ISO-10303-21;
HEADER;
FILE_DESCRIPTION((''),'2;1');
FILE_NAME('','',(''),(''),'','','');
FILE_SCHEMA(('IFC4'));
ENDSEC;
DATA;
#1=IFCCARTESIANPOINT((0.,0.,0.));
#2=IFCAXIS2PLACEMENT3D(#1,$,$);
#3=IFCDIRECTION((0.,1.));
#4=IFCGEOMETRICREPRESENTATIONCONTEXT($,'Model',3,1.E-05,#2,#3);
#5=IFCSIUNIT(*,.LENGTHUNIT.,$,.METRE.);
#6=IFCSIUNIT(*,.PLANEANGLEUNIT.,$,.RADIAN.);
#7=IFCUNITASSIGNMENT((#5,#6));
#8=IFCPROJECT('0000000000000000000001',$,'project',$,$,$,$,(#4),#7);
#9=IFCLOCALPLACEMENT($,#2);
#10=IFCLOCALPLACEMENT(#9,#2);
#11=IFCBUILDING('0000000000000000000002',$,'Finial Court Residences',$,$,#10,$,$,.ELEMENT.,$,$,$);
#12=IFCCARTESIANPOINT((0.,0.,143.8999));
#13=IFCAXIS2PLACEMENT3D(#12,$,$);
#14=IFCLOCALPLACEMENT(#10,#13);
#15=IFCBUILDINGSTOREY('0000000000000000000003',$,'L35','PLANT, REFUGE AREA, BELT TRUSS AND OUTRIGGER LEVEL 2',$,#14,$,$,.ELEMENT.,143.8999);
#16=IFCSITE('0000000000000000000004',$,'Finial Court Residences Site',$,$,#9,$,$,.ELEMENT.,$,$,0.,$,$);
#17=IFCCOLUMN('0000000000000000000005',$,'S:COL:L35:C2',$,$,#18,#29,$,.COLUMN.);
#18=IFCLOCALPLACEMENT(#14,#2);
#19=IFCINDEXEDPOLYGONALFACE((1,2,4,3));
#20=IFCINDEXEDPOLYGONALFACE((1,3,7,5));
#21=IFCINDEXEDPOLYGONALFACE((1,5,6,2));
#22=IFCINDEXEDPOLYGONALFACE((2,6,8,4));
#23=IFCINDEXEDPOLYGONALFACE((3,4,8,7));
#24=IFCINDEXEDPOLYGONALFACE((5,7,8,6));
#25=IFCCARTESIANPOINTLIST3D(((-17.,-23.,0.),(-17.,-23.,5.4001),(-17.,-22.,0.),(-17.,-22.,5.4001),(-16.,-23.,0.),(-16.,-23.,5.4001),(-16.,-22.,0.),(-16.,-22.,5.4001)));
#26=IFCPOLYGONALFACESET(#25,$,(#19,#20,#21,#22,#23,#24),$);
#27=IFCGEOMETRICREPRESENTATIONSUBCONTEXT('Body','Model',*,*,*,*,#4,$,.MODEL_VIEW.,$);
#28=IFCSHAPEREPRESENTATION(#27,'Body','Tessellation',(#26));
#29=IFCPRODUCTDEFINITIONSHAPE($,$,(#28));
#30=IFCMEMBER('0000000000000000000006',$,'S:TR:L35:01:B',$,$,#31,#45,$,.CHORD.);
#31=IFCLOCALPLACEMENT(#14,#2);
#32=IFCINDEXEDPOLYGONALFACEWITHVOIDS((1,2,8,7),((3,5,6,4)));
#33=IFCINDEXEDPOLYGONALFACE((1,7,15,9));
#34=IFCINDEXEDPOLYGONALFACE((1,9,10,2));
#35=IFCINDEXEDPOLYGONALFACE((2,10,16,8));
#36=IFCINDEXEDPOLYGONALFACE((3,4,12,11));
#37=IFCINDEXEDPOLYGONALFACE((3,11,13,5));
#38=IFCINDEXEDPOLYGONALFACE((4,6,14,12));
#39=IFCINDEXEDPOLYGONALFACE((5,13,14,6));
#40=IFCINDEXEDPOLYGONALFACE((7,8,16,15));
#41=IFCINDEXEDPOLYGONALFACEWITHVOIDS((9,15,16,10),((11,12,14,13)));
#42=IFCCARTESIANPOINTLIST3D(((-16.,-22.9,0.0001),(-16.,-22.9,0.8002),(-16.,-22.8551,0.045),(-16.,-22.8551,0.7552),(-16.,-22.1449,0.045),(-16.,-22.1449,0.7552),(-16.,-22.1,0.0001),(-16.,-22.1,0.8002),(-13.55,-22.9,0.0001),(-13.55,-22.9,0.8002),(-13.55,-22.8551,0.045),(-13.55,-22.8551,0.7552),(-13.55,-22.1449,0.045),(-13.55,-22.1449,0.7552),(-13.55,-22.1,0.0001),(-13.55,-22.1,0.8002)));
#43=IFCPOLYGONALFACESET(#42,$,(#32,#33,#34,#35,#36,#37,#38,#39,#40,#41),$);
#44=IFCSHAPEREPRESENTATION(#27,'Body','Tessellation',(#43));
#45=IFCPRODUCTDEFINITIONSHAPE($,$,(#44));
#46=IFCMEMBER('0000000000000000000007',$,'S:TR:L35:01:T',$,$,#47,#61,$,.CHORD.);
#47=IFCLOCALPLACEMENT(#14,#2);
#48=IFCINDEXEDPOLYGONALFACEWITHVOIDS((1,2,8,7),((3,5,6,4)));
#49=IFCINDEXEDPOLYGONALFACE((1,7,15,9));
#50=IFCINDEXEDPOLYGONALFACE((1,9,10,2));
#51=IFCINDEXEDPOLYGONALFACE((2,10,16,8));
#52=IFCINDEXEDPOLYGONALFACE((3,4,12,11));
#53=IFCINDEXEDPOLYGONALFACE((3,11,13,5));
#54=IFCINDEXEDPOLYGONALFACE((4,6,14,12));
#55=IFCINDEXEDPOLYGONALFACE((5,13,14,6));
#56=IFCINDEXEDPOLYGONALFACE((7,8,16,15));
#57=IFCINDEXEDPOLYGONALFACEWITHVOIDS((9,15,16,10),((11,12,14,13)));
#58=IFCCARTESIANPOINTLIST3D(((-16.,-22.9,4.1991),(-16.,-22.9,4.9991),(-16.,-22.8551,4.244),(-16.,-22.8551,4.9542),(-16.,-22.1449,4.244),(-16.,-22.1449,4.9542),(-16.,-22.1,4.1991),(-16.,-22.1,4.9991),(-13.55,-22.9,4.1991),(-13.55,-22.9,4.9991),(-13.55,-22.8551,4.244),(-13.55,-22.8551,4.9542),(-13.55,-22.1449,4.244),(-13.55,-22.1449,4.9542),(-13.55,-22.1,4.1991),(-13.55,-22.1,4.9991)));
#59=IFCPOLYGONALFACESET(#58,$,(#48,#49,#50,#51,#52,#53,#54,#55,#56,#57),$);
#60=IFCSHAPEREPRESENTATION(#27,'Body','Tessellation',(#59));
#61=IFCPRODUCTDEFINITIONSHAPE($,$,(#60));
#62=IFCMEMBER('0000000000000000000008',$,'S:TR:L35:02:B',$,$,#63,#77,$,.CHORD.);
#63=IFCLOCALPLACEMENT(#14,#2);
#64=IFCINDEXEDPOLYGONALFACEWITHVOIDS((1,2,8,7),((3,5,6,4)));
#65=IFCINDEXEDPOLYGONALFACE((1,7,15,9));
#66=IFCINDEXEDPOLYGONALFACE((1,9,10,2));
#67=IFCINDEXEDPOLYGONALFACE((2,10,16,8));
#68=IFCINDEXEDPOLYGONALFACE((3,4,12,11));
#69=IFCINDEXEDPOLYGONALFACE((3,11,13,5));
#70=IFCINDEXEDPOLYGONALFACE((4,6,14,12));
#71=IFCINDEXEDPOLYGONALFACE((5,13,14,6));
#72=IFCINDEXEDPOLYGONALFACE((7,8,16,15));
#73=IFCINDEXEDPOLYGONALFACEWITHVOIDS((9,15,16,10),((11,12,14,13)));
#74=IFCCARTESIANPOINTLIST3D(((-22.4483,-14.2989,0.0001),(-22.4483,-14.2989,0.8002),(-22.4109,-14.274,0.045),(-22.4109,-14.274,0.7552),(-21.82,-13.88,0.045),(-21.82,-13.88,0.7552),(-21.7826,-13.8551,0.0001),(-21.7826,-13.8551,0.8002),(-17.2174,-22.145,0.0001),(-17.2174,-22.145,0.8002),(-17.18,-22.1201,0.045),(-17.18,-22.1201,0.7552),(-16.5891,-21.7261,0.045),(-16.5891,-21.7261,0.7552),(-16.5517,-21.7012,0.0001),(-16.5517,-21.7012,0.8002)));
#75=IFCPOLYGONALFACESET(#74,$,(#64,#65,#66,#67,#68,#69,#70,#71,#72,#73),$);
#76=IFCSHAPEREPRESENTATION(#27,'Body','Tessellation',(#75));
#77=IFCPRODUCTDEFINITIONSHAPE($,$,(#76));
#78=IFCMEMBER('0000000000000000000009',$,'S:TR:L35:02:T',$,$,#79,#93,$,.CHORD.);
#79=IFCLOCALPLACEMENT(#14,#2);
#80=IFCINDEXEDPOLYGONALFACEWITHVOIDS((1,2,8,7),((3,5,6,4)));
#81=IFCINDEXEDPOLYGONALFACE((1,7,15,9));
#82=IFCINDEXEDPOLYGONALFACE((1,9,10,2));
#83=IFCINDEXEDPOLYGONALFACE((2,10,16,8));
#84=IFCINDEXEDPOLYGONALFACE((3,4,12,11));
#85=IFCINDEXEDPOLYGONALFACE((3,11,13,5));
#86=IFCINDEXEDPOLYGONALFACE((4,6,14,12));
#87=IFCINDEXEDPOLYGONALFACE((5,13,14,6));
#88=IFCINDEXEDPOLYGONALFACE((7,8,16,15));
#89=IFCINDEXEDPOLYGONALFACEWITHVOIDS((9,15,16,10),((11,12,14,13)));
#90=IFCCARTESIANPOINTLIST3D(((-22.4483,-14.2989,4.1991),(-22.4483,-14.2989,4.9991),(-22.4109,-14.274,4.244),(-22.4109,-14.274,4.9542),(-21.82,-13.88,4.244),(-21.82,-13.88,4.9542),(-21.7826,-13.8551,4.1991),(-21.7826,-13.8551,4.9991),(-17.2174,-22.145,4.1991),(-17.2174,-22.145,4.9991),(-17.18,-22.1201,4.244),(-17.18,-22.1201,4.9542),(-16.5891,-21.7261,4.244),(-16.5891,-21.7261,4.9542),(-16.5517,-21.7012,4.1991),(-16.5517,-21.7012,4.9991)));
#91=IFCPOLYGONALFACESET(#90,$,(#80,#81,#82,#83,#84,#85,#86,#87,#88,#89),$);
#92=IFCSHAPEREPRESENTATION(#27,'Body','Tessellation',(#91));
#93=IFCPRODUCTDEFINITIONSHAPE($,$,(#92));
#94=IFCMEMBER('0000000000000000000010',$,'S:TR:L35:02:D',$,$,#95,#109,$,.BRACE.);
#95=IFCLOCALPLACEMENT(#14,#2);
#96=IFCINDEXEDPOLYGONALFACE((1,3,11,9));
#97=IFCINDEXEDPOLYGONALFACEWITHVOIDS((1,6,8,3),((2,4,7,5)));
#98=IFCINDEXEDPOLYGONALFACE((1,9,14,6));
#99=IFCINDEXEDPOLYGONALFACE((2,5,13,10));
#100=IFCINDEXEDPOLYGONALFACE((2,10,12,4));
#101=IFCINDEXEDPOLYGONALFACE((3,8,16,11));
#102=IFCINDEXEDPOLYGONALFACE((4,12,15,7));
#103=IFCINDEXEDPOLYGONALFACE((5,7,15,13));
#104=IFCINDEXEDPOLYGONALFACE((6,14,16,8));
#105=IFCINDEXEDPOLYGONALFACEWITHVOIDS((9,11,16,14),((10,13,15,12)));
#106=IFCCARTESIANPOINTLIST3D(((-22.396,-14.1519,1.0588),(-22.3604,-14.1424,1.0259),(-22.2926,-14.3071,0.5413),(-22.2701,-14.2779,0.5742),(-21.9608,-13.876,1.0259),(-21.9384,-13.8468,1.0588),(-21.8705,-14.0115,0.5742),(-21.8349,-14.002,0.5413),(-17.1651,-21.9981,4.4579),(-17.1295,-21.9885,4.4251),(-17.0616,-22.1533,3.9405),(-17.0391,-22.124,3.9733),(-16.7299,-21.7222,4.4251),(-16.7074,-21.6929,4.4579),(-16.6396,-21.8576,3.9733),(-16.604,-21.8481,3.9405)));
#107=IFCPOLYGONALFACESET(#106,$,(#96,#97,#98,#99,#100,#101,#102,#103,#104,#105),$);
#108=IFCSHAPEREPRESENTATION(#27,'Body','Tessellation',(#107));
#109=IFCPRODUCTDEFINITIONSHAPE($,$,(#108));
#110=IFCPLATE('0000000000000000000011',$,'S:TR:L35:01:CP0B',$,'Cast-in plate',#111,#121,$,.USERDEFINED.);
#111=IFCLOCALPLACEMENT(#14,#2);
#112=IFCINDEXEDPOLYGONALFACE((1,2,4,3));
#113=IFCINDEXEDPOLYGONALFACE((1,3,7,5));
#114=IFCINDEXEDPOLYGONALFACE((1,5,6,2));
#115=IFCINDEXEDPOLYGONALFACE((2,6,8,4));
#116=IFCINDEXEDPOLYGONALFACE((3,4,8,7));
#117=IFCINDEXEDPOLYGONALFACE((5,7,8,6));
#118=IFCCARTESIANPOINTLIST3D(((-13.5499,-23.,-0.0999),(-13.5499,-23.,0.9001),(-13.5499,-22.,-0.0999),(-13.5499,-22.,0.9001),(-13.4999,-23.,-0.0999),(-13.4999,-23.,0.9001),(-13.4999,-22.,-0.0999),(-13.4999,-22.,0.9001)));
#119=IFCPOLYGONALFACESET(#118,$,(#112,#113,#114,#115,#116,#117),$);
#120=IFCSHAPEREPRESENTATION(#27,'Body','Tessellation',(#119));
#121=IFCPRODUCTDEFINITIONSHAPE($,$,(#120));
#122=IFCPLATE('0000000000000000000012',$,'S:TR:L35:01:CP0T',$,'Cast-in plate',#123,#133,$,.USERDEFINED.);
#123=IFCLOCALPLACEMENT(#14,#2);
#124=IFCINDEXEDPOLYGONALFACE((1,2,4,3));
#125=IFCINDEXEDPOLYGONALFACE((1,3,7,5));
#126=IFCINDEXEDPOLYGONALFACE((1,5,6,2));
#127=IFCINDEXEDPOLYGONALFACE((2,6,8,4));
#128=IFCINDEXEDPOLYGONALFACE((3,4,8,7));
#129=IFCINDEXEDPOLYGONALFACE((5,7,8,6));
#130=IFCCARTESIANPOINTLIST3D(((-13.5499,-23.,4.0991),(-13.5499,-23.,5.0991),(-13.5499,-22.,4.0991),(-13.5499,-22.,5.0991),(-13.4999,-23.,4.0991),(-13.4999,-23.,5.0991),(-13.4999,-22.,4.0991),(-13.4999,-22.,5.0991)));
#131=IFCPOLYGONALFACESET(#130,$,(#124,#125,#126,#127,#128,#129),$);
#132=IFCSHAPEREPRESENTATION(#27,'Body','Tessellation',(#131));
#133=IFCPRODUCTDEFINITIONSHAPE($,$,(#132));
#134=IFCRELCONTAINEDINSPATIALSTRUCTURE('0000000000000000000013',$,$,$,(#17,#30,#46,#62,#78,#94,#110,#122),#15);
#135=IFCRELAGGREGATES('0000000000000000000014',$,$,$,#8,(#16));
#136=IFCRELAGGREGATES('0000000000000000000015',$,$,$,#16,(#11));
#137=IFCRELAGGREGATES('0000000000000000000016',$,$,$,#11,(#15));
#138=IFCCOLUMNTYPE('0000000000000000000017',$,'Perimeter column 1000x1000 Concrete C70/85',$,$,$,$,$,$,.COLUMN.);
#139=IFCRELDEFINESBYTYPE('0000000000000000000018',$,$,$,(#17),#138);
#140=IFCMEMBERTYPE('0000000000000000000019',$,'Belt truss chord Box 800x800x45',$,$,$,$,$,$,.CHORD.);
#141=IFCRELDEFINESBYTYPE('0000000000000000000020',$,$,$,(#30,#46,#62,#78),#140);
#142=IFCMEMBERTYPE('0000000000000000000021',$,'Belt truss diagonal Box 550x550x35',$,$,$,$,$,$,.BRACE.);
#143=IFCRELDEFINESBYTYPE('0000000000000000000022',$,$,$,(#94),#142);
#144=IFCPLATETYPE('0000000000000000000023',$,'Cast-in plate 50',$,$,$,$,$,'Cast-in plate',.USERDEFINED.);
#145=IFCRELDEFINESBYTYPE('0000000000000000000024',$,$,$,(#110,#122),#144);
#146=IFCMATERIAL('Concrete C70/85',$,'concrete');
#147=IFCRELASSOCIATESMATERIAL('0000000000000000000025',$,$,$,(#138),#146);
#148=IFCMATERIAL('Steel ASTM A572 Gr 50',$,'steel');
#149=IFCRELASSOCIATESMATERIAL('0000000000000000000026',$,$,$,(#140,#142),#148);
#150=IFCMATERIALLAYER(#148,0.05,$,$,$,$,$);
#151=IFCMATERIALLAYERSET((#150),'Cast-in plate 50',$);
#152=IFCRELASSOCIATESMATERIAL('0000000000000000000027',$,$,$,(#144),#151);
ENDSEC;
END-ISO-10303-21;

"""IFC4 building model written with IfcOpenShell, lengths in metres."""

from ifc_helpers import new_model, si_unit, direction, frame, origin, origin_2d, place, context, subcontext, project, spatial, rectangle, hollow_rectangle, extrude, material, layer, layer_set, material_profile, profile_set, type_object, element, save


model = new_model("IFC4")

# Units and contexts
model_context = context("Model", 3, precision=1e-05, world=origin(), true_north=direction((0.0, 1.0)))
body_context = subcontext(model_context, "Body", "Model", "MODEL_VIEW")
ifc_project = project(units=[si_unit("LENGTHUNIT", "METRE"), si_unit("PLANEANGLEUNIT", "RADIAN")], contexts=[model_context])

# Site, building, storey
site_placement = place(None, origin())
site = spatial("IfcSite", under=ifc_project, at=site_placement, Name="Finial Court Residences Site", CompositionType="ELEMENT", RefElevation=0.0)
building_placement = place(site_placement, origin())
building = spatial("IfcBuilding", under=site, at=building_placement, Name="Finial Court Residences", CompositionType="ELEMENT")
storey_placement = place(building_placement, frame((0.0, 0.0, 143.8999)))
storey = spatial("IfcBuildingStorey", under=building, at=storey_placement, Name="L35", Description="PLANT, REFUGE AREA, BELT TRUSS AND OUTRIGGER LEVEL 2", CompositionType="ELEMENT", Elevation=143.8999)

# Column
ifc_material_1 = material(Name="Concrete C70/85", Category="concrete")
ifc_material_profile_1 = material_profile(ifc_material_1, rectangle(XDim=1.0, YDim=1.0, at=origin_2d()), Name="1000x1000")
ifc_profile_set_1 = profile_set([ifc_material_profile_1], Name="Concrete C70/85")
column_type = type_object("IfcColumnType", Name="Perimeter column 1000x1000 Concrete C70/85", PredefinedType="COLUMN", material=ifc_profile_set_1)
column_placement = place(storey_placement, frame((-16.5, -22.5, 0.0), z_axis=(0.0, 0.0, 1.0), x_axis=(1.0, 0.0, 0.0)))
element("IfcColumn", 1, at=column_placement, inside=storey, type_object=column_type, Name="S:COL:L35:C2", PredefinedType="COLUMN", context=body_context, shape_type="SweptSolid", body=[
    extrude(rectangle(XDim=1.0, YDim=1.0, at=origin_2d()), origin(), (0.0, 0.0, 1.0), 5.4001),
])

# Members
ifc_material_2 = material(Name="Steel ASTM A572 Gr 50", Category="steel")
ifc_material_profile_2 = material_profile(ifc_material_2, hollow_rectangle(XDim=0.8, YDim=0.8, WallThickness=0.0449, at=origin_2d()), Name="Box 800x800x45")
ifc_profile_set_2 = profile_set([ifc_material_profile_2], Name="Steel ASTM A572 Gr 50")
member_type_1 = type_object("IfcMemberType", Name="Belt truss chord Box 800x800x45", PredefinedType="CHORD", material=ifc_profile_set_2)
for number, where, z_axis, x_axis, name in (
    (2, (-13.55, -22.5, 0.4001), (-1.0, 0.0, 0.0), (0.0, -1.0, 0.0), "S:TR:L35:01:B"),
    (3, (-13.55, -22.5, 4.5991), (-1.0, 0.0, 0.0), (0.0, -1.0, 0.0), "S:TR:L35:01:T"),
):
    element("IfcMember", number, at=place(storey_placement, frame(where, z_axis=z_axis, x_axis=x_axis)), inside=storey, type_object=member_type_1, Name=name, PredefinedType="CHORD", context=body_context, shape_type="SweptSolid", body=[
        extrude(hollow_rectangle(XDim=0.8, YDim=0.8, WallThickness=0.0449, at=origin_2d()), origin(), (0.0, 0.0, 1.0), 2.45),
    ])
for number, where, z_axis, x_axis, name in (
    (4, (-16.8845, -21.9231, 0.4001), (-0.554712, 0.832042, 0.0), (-0.832042, -0.554712, 0.0), "S:TR:L35:02:B"),
    (5, (-16.8845, -21.9231, 4.5991), (-0.554712, 0.832042, 0.0), (-0.832042, -0.554712, 0.0), "S:TR:L35:02:T"),
):
    element("IfcMember", number, at=place(storey_placement, frame(where, z_axis=z_axis, x_axis=x_axis)), inside=storey, type_object=member_type_1, Name=name, PredefinedType="CHORD", context=body_context, shape_type="SweptSolid", body=[
        extrude(hollow_rectangle(XDim=0.8, YDim=0.8, WallThickness=0.0449, at=origin_2d()), origin(), (0.0, 0.0, 1.0), 9.4299),
    ])
ifc_material_profile_3 = material_profile(ifc_material_2, hollow_rectangle(XDim=0.55, YDim=0.55, WallThickness=0.0349, at=origin_2d()), Name="Box 550x550x35")
ifc_profile_set_3 = profile_set([ifc_material_profile_3], Name="Steel ASTM A572 Gr 50")
member_type_2 = type_object("IfcMemberType", Name="Belt truss diagonal Box 550x550x35", PredefinedType="BRACE", material=ifc_profile_set_3)
member_placement = place(storey_placement, frame((-16.8845, -21.9231, 4.1992), z_axis=(-0.521845, 0.782743, -0.339104), x_axis=(-0.832042, -0.554712, 0.0)))
element("IfcMember", 6, at=member_placement, inside=storey, type_object=member_type_2, Name="S:TR:L35:02:D", PredefinedType="BRACE", context=body_context, shape_type="SweptSolid", body=[
    extrude(hollow_rectangle(XDim=0.55, YDim=0.55, WallThickness=0.0349, at=origin_2d()), origin(), (0.0, 0.0, 1.0), 10.0239),
])

# Plates
ifc_layer_1 = layer(ifc_material_2, 0.05)
ifc_layer_set_1 = layer_set([ifc_layer_1], Name="Cast-in plate 50")
plate_type = type_object("IfcPlateType", Name="Cast-in plate 50", ElementType="Cast-in plate", PredefinedType="USERDEFINED", material=ifc_layer_set_1)
for number, where, z_axis, x_axis, name in (
    (7, (-13.5249, -22.5, -0.0999), (0.0, 0.0, 1.0), (1.0, 0.0, 0.0), "S:TR:L35:01:CP0B"),
    (8, (-13.5249, -22.5, 4.0991), (0.0, 0.0, 1.0), (1.0, 0.0, 0.0), "S:TR:L35:01:CP0T"),
):
    element("IfcPlate", number, at=place(storey_placement, frame(where, z_axis=z_axis, x_axis=x_axis)), inside=storey, type_object=plate_type, Name=name, ObjectType="Cast-in plate", PredefinedType="USERDEFINED", context=body_context, shape_type="SweptSolid", body=[
        extrude(rectangle(XDim=0.05, YDim=1.0, at=origin_2d()), origin(), (0.0, 0.0, 1.0), 1.0),
    ])

save(model, "model.ifc")
